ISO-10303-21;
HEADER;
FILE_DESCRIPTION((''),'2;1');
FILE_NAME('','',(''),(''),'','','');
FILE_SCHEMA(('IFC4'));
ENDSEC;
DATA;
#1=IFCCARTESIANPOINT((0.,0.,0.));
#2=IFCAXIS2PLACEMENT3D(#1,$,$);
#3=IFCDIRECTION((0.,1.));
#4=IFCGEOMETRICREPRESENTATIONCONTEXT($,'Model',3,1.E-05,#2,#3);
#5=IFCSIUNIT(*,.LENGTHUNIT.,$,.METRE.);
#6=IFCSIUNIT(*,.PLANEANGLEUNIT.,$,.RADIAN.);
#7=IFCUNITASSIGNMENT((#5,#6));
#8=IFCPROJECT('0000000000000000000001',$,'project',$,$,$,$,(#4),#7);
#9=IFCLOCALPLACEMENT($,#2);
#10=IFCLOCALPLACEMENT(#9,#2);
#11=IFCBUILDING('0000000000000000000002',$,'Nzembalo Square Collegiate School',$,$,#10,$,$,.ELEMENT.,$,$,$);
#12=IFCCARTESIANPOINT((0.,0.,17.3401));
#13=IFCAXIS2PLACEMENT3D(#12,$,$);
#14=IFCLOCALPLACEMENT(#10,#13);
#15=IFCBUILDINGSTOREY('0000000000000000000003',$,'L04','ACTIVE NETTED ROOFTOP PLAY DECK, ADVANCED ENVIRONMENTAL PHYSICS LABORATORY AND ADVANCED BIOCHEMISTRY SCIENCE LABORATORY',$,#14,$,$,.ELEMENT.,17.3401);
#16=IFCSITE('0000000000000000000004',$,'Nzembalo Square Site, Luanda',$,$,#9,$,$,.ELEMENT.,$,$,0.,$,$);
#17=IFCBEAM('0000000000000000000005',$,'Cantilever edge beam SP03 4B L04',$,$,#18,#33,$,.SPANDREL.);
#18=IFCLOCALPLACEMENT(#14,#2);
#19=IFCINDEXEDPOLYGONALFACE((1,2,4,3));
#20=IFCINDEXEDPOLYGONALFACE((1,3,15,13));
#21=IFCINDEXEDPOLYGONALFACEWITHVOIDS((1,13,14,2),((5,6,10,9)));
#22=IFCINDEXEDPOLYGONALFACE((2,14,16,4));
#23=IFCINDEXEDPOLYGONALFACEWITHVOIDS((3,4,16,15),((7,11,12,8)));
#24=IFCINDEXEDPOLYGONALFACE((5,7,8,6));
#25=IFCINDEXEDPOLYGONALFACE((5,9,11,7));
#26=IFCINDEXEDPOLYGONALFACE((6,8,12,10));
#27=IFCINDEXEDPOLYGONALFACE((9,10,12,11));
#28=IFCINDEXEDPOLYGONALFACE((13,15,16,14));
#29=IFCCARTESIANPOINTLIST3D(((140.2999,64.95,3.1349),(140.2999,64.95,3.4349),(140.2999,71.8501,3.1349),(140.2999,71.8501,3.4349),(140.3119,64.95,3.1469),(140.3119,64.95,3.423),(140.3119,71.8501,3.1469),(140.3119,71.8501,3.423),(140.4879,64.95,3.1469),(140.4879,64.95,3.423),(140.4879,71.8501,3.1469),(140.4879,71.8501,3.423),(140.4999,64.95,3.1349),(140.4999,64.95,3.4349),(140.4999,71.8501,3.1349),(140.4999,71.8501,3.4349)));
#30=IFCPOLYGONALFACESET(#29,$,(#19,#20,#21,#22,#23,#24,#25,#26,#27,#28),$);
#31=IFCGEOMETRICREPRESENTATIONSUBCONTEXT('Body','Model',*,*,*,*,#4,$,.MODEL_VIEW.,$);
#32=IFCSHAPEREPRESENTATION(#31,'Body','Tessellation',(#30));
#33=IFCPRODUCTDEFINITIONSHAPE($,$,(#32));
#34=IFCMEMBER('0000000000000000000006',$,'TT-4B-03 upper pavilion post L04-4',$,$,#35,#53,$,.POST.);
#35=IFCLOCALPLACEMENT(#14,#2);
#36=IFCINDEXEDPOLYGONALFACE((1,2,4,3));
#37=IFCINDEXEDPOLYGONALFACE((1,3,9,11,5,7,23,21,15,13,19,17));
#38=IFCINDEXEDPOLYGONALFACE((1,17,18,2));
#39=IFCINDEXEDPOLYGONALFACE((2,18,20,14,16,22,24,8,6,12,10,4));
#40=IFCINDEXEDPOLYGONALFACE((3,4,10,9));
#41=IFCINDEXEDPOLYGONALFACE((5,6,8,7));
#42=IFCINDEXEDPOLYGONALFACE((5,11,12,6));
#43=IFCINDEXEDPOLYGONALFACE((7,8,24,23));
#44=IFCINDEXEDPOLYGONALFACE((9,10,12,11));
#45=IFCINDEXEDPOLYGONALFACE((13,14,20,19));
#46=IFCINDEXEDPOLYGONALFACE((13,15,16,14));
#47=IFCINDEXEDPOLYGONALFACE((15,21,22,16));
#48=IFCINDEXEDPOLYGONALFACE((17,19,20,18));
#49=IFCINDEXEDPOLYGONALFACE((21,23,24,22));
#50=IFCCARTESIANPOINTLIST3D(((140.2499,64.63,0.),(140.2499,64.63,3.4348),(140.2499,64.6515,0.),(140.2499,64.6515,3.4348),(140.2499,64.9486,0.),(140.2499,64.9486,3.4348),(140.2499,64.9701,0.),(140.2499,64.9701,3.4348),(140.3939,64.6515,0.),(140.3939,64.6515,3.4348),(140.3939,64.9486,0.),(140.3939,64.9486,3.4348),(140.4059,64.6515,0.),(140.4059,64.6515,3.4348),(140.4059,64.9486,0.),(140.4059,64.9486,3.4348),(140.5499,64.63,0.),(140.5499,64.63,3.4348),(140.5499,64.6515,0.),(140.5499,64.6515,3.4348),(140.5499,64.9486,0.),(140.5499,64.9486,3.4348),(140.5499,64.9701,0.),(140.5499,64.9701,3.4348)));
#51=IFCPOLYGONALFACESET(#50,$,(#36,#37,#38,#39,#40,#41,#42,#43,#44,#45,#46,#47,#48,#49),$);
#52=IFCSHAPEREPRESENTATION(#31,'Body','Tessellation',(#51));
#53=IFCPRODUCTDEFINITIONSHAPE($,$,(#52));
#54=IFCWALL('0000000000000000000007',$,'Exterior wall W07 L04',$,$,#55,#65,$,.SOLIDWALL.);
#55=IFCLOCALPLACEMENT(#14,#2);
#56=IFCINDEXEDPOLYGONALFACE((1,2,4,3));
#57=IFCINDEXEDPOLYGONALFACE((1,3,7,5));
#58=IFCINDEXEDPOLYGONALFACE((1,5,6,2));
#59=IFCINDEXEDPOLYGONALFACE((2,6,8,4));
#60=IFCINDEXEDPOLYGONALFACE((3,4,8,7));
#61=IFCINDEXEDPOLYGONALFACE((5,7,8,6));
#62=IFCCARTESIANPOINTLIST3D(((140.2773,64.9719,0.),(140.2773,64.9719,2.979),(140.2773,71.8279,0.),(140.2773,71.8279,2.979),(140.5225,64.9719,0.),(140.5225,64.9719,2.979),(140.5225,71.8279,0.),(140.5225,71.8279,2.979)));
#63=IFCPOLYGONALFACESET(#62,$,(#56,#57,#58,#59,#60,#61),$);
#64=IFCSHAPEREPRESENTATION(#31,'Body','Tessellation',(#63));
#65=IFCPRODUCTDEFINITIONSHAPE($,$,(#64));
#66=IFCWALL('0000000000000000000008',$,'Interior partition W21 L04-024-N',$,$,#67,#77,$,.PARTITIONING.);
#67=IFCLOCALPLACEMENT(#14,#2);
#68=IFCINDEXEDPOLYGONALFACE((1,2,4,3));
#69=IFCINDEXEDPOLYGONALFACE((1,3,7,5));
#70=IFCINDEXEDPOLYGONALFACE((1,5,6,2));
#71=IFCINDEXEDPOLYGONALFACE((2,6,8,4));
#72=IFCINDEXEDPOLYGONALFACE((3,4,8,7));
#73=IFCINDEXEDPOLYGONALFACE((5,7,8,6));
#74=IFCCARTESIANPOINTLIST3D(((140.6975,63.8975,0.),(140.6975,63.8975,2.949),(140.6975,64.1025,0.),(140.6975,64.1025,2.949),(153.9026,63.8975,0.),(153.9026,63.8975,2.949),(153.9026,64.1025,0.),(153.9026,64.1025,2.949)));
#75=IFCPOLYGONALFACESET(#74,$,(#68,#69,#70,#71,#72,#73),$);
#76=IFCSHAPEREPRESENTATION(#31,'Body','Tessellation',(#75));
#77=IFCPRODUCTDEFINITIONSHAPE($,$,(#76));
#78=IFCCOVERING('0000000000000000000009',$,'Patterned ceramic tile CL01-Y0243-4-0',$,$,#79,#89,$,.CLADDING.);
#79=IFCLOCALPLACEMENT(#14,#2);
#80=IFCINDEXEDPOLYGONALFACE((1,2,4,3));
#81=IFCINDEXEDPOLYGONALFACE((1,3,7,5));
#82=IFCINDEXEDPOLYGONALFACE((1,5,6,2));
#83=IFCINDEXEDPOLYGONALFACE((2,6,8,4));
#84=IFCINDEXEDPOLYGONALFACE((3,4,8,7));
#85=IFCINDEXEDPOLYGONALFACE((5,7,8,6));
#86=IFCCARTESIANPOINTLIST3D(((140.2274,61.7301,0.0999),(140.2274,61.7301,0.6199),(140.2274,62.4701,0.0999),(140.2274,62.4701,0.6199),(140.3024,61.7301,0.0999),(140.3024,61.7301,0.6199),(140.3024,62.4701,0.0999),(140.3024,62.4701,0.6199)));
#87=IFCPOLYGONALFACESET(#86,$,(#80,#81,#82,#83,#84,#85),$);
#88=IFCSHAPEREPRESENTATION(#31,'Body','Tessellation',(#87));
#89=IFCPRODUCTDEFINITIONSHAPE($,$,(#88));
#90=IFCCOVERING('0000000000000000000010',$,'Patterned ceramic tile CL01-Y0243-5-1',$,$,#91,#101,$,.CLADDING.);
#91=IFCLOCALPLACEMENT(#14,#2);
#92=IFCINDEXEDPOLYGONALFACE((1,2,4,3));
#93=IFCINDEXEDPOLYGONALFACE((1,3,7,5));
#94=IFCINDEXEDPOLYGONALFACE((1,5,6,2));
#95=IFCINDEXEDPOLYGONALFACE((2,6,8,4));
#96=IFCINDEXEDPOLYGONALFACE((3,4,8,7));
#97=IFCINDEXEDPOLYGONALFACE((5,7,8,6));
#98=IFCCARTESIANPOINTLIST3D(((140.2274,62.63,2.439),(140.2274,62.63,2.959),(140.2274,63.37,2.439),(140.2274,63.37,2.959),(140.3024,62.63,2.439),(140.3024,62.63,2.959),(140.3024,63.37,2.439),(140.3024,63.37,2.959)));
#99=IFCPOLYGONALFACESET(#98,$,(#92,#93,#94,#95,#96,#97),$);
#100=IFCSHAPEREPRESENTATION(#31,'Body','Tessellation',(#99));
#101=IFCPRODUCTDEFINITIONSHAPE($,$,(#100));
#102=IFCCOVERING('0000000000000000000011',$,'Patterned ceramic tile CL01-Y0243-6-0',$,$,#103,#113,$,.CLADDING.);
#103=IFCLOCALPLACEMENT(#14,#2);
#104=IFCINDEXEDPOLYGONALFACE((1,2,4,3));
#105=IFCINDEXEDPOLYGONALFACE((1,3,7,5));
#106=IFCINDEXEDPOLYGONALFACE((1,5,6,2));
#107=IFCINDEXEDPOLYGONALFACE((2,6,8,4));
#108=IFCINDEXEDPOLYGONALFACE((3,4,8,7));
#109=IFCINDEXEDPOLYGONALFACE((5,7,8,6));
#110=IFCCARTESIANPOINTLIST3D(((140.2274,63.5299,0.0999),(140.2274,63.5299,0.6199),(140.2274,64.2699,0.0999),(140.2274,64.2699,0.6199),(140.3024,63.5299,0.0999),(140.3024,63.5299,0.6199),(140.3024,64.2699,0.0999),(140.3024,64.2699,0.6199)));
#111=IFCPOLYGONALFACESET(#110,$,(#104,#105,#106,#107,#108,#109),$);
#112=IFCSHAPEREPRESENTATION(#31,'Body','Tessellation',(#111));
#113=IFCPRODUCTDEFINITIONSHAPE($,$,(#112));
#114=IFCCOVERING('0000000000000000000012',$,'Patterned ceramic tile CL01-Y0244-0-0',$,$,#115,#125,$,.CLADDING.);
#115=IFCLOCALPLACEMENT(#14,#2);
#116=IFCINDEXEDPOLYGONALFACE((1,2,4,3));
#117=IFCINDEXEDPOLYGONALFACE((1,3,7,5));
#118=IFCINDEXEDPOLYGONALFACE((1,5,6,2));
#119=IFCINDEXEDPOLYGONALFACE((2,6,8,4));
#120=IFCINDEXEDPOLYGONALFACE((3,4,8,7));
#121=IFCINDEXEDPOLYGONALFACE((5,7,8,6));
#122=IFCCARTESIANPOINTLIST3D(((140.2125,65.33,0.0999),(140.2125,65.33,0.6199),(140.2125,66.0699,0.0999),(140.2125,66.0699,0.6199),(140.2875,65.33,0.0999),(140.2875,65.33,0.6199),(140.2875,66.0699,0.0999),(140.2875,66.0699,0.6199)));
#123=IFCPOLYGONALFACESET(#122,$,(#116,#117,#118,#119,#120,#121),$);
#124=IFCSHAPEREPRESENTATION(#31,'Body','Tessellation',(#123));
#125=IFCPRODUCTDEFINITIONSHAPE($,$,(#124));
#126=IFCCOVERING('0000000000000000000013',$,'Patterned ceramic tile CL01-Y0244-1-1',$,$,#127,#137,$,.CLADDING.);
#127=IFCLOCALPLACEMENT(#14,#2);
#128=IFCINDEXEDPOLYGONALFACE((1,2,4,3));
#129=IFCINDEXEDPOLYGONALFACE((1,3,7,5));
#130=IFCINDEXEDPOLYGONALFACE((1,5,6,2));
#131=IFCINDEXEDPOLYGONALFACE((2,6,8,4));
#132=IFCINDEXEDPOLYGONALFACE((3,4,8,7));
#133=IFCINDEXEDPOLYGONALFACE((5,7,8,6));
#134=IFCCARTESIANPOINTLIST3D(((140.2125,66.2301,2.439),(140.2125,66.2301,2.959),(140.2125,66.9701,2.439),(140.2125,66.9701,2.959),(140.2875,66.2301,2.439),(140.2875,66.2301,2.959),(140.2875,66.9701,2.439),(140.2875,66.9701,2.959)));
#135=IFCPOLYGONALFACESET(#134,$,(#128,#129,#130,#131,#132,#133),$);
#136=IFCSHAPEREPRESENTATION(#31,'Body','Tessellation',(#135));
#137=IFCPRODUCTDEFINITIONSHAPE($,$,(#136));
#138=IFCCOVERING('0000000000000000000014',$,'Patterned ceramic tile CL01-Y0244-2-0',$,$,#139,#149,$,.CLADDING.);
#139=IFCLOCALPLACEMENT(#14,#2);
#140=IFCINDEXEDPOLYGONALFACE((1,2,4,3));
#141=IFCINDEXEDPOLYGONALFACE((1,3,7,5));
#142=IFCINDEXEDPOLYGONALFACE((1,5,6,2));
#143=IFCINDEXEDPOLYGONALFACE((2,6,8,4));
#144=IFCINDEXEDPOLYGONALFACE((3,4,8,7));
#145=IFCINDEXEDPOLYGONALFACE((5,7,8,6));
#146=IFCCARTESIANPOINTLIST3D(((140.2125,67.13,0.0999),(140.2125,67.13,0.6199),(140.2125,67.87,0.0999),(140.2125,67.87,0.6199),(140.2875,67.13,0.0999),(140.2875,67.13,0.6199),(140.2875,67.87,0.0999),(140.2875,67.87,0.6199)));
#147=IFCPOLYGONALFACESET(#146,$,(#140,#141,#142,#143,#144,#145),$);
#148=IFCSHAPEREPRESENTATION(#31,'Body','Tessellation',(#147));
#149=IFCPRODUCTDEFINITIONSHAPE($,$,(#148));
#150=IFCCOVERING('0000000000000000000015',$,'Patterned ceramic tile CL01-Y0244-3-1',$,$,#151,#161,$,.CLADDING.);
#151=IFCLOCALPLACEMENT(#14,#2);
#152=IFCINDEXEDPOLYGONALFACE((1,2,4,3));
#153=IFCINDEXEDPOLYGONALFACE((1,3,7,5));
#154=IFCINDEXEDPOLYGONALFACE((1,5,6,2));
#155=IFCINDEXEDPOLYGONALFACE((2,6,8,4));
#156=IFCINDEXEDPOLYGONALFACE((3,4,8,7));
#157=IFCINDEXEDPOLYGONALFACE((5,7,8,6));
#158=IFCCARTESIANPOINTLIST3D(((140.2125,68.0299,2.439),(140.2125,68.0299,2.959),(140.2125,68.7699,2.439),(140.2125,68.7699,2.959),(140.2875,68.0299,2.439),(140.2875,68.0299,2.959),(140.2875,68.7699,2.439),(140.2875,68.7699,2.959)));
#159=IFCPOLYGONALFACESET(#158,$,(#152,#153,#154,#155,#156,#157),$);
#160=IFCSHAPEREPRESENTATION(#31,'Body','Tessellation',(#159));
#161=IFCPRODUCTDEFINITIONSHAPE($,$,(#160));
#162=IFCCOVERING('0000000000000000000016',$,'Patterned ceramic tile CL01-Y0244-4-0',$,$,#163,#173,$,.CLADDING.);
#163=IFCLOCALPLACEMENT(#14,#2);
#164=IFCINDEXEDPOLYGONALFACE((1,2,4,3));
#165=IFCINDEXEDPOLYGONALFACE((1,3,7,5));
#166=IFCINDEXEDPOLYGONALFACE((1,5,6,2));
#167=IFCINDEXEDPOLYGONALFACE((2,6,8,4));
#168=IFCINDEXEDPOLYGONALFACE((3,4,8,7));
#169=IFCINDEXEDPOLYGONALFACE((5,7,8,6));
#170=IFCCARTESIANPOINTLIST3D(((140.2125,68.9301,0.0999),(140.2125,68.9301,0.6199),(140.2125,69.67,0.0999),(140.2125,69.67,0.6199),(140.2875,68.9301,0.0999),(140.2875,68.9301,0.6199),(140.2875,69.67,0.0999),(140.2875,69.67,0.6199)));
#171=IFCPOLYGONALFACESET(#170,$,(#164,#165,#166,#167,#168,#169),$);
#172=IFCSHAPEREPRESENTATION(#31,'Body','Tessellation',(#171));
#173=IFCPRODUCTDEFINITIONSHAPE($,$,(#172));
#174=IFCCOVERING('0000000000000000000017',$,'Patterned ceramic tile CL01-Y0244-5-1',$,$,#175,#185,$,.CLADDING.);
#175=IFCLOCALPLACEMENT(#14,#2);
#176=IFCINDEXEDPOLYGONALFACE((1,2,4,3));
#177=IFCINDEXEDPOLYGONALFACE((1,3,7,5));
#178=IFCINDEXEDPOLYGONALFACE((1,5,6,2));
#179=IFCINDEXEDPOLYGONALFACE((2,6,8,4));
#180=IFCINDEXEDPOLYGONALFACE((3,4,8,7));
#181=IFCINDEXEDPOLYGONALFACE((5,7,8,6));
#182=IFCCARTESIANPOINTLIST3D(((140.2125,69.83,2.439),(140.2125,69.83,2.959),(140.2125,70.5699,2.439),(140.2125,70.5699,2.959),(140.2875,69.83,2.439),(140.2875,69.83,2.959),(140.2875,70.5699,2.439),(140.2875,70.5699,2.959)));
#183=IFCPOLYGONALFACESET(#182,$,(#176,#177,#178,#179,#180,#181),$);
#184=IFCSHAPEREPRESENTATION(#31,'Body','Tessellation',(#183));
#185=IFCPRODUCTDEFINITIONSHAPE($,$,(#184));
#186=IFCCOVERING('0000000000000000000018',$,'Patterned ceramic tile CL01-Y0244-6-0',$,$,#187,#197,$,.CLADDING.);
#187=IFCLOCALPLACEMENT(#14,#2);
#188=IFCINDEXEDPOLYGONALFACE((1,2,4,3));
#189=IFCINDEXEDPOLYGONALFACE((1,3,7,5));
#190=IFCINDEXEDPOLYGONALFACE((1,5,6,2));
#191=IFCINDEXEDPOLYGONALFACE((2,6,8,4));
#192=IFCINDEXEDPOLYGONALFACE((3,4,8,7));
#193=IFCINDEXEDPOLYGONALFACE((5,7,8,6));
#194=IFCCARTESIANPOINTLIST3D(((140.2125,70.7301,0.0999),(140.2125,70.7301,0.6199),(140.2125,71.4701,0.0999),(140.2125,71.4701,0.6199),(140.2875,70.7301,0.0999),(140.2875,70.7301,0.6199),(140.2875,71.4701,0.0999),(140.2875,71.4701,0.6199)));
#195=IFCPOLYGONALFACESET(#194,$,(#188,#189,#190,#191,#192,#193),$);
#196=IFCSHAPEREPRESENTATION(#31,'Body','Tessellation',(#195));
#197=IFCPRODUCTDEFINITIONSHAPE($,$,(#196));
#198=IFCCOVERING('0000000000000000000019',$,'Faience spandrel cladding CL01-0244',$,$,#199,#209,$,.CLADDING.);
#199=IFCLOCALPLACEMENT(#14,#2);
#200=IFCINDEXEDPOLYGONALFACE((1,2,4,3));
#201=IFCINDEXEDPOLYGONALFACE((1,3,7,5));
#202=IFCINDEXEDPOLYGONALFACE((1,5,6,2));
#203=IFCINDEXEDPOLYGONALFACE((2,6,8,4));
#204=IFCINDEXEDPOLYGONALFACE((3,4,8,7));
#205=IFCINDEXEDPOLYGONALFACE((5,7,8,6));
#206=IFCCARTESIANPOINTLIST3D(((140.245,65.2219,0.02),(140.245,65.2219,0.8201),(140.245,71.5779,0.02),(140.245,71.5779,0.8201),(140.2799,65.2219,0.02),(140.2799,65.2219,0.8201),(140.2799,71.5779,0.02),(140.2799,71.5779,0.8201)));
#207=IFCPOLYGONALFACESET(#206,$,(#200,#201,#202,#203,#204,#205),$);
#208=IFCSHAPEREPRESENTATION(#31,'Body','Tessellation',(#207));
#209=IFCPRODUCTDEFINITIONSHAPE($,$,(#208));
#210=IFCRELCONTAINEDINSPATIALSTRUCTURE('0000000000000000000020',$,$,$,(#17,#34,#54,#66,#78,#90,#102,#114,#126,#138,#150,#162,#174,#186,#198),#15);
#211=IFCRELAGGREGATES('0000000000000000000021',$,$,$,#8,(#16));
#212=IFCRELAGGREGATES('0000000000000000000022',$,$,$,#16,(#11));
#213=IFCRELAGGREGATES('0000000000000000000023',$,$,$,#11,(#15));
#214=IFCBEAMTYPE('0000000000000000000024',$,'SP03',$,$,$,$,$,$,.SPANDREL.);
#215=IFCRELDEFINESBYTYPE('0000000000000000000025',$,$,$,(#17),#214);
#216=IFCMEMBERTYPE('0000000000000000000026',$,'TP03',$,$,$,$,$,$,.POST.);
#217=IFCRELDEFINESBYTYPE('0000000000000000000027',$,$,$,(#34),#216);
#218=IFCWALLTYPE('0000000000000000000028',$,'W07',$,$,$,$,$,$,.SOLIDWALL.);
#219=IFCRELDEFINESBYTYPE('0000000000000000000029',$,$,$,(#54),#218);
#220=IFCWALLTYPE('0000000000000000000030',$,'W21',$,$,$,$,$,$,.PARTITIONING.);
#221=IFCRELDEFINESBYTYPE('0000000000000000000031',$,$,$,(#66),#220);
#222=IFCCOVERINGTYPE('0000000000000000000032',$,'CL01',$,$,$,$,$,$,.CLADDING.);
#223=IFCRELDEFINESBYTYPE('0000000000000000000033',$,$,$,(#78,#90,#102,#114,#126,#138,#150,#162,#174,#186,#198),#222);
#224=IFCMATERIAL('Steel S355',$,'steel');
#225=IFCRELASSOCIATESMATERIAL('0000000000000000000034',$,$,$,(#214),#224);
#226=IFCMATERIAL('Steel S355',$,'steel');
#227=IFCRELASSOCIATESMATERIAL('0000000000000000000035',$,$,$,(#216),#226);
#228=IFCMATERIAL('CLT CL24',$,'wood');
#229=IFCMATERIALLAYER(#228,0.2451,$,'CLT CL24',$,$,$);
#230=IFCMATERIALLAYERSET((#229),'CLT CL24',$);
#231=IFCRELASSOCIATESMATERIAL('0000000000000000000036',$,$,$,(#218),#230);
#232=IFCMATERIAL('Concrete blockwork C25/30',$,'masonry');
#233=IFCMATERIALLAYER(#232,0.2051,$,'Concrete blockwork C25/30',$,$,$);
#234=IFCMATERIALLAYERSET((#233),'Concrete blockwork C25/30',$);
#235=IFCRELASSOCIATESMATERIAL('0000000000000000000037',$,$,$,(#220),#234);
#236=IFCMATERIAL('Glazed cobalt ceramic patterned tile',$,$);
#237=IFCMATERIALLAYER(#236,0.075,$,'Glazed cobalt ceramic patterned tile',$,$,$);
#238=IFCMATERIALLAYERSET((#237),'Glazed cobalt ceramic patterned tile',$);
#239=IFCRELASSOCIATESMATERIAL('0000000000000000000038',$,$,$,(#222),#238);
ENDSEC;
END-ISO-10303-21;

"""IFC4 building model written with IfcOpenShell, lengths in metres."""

from ifc_helpers import new_model, si_unit, direction, frame, frame_2d, origin, origin_2d, place, context, subcontext, project, spatial, rectangle, hollow_rectangle, i_section, extrude, material, layer, layer_set, material_profile, profile_set, type_object, element, save


model = new_model("IFC4")

# Units and contexts
model_context = context("Model", 3, precision=1e-05, world=origin(), true_north=direction((0.0, 1.0)))
body_context = subcontext(model_context, "Body", "Model", "MODEL_VIEW")
ifc_project = project(units=[si_unit("LENGTHUNIT", "METRE"), si_unit("PLANEANGLEUNIT", "RADIAN")], contexts=[model_context])

# Site, building, storey
site_placement = place(None, origin())
site = spatial("IfcSite", under=ifc_project, at=site_placement, Name="Nzembalo Square Site, Luanda", CompositionType="ELEMENT", RefElevation=0.0)
building_placement = place(site_placement, origin())
building = spatial("IfcBuilding", under=site, at=building_placement, Name="Nzembalo Square Collegiate School", CompositionType="ELEMENT")
storey_placement = place(building_placement, frame((0.0, 0.0, 17.3401)))
storey = spatial("IfcBuildingStorey", under=building, at=storey_placement, Name="L04", Description="ACTIVE NETTED ROOFTOP PLAY DECK, ADVANCED ENVIRONMENTAL PHYSICS LABORATORY AND ADVANCED BIOCHEMISTRY SCIENCE LABORATORY", CompositionType="ELEMENT", Elevation=17.3401)

# Beam
ifc_material_1 = material(Name="Steel S355", Category="steel")
ifc_material_profile_1 = material_profile(ifc_material_1, hollow_rectangle(XDim=0.2, YDim=0.3, WallThickness=0.012, at=origin_2d()), Name="RHS 300x200x12")
ifc_profile_set_1 = profile_set([ifc_material_profile_1], Name="Steel S355")
beam_type = type_object("IfcBeamType", Name="SP03", PredefinedType="SPANDREL", material=ifc_profile_set_1)
beam_placement = place(storey_placement, frame((140.3999, 64.95, 3.2849), z_axis=(0.0, 1.0, 0.0), x_axis=(-1.0, 0.0, 0.0)))
element("IfcBeam", 1, at=beam_placement, inside=storey, type_object=beam_type, Name="Cantilever edge beam SP03 4B L04", PredefinedType="SPANDREL", context=body_context, shape_type="SweptSolid", body=[
    extrude(hollow_rectangle(XDim=0.2, YDim=0.3, WallThickness=0.012, at=origin_2d()), origin(), (0.0, 0.0, 1.0), 6.9001),
])

# Member
ifc_material_2 = material(Name="Steel S355", Category="steel")
ifc_material_profile_2 = material_profile(ifc_material_2, i_section(OverallWidth=0.3, OverallDepth=0.3401, WebThickness=0.012, FlangeThickness=0.0215, at=origin_2d()), Name="HEB 340")
ifc_profile_set_2 = profile_set([ifc_material_profile_2], Name="Steel S355")
member_type = type_object("IfcMemberType", Name="TP03", PredefinedType="POST", material=ifc_profile_set_2)
member_placement = place(storey_placement, frame((140.3999, 64.8, 0.0), z_axis=(0.0, 0.0, 1.0), x_axis=(1.0, 0.0, 0.0)))
element("IfcMember", 2, at=member_placement, inside=storey, type_object=member_type, Name="TT-4B-03 upper pavilion post L04-4", PredefinedType="POST", context=body_context, shape_type="SweptSolid", body=[
    extrude(i_section(OverallWidth=0.3, OverallDepth=0.3401, WebThickness=0.012, FlangeThickness=0.0215, at=origin_2d()), origin(), (0.0, 0.0, 1.0), 3.4348),
])

# Walls
ifc_material_3 = material(Name="CLT CL24", Category="wood")
ifc_layer_1 = layer(ifc_material_3, 0.2451, Name="CLT CL24")
ifc_layer_set_1 = layer_set([ifc_layer_1], Name="CLT CL24")
wall_type_1 = type_object("IfcWallType", Name="W07", PredefinedType="SOLIDWALL", material=ifc_layer_set_1)
wall_1_placement = place(storey_placement, frame((140.3999, 64.9719, 0.0), z_axis=(0.0, 0.0, 1.0), x_axis=(0.0, 1.0, 0.0)))
element("IfcWall", 3, at=wall_1_placement, inside=storey, type_object=wall_type_1, Name="Exterior wall W07 L04", PredefinedType="SOLIDWALL", context=body_context, shape_type="SweptSolid", body=[
    extrude(rectangle(XDim=6.856, YDim=0.2451, at=frame_2d((3.428, 0.0))), origin(), (0.0, 0.0, 1.0), 2.979),
])
ifc_material_4 = material(Name="Concrete blockwork C25/30", Category="masonry")
ifc_layer_2 = layer(ifc_material_4, 0.2051, Name="Concrete blockwork C25/30")
ifc_layer_set_2 = layer_set([ifc_layer_2], Name="Concrete blockwork C25/30")
wall_type_2 = type_object("IfcWallType", Name="W21", PredefinedType="PARTITIONING", material=ifc_layer_set_2)
wall_2_placement = place(storey_placement, frame((140.6975, 64.0, 0.0), z_axis=(0.0, 0.0, 1.0), x_axis=(1.0, 0.0, 0.0)))
element("IfcWall", 4, at=wall_2_placement, inside=storey, type_object=wall_type_2, Name="Interior partition W21 L04-024-N", PredefinedType="PARTITIONING", context=body_context, shape_type="SweptSolid", body=[
    extrude(rectangle(XDim=13.2051, YDim=0.2051, at=frame_2d((6.6025, 0.0))), origin(), (0.0, 0.0, 1.0), 2.949),
])

# Coverings
ifc_material_5 = material(Name="Glazed cobalt ceramic patterned tile")
ifc_layer_3 = layer(ifc_material_5, 0.075, Name="Glazed cobalt ceramic patterned tile")
ifc_layer_set_3 = layer_set([ifc_layer_3], Name="Glazed cobalt ceramic patterned tile")
covering_type_1 = type_object("IfcCoveringType", Name="CL01", PredefinedType="CLADDING", material=ifc_layer_set_3)
for number, where, z_axis, x_axis, name in (
    (5, (140.2649, 62.1001, 0.0999), (0.0, 0.0, 1.0), (1.0, 0.0, 0.0), "Patterned ceramic tile CL01-Y0243-4-0"),
    (6, (140.2649, 63.0, 2.439), (0.0, 0.0, 1.0), (1.0, 0.0, 0.0), "Patterned ceramic tile CL01-Y0243-5-1"),
    (7, (140.2649, 63.8999, 0.0999), (0.0, 0.0, 1.0), (1.0, 0.0, 0.0), "Patterned ceramic tile CL01-Y0243-6-0"),
    (8, (140.25, 65.7, 0.0999), (0.0, 0.0, 1.0), (1.0, 0.0, 0.0), "Patterned ceramic tile CL01-Y0244-0-0"),
    (9, (140.25, 66.6001, 2.439), (0.0, 0.0, 1.0), (1.0, 0.0, 0.0), "Patterned ceramic tile CL01-Y0244-1-1"),
    (10, (140.25, 67.5, 0.0999), (0.0, 0.0, 1.0), (1.0, 0.0, 0.0), "Patterned ceramic tile CL01-Y0244-2-0"),
    (11, (140.25, 68.3999, 2.439), (0.0, 0.0, 1.0), (1.0, 0.0, 0.0), "Patterned ceramic tile CL01-Y0244-3-1"),
    (12, (140.25, 69.3, 0.0999), (0.0, 0.0, 1.0), (1.0, 0.0, 0.0), "Patterned ceramic tile CL01-Y0244-4-0"),
    (13, (140.25, 70.2, 2.439), (0.0, 0.0, 1.0), (1.0, 0.0, 0.0), "Patterned ceramic tile CL01-Y0244-5-1"),
    (14, (140.25, 71.1001, 0.0999), (0.0, 0.0, 1.0), (1.0, 0.0, 0.0), "Patterned ceramic tile CL01-Y0244-6-0"),
):
    element("IfcCovering", number, at=place(storey_placement, frame(where, z_axis=z_axis, x_axis=x_axis)), inside=storey, type_object=covering_type_1, Name=name, PredefinedType="CLADDING", context=body_context, shape_type="SweptSolid", body=[
        extrude(rectangle(XDim=0.075, YDim=0.74, at=origin_2d()), origin(), (0.0, 0.0, 1.0), 0.52),
    ])
covering_placement = place(storey_placement, frame((140.2625, 68.3999, 0.02), z_axis=(0.0, 0.0, 1.0), x_axis=(1.0, 0.0, 0.0)))
element("IfcCovering", 15, at=covering_placement, inside=storey, type_object=covering_type_1, Name="Faience spandrel cladding CL01-0244", PredefinedType="CLADDING", context=body_context, shape_type="SweptSolid", body=[
    extrude(rectangle(XDim=0.0349, YDim=6.356, at=origin_2d()), origin(), (0.0, 0.0, 1.0), 0.8),
])

save(model, "model.ifc")
